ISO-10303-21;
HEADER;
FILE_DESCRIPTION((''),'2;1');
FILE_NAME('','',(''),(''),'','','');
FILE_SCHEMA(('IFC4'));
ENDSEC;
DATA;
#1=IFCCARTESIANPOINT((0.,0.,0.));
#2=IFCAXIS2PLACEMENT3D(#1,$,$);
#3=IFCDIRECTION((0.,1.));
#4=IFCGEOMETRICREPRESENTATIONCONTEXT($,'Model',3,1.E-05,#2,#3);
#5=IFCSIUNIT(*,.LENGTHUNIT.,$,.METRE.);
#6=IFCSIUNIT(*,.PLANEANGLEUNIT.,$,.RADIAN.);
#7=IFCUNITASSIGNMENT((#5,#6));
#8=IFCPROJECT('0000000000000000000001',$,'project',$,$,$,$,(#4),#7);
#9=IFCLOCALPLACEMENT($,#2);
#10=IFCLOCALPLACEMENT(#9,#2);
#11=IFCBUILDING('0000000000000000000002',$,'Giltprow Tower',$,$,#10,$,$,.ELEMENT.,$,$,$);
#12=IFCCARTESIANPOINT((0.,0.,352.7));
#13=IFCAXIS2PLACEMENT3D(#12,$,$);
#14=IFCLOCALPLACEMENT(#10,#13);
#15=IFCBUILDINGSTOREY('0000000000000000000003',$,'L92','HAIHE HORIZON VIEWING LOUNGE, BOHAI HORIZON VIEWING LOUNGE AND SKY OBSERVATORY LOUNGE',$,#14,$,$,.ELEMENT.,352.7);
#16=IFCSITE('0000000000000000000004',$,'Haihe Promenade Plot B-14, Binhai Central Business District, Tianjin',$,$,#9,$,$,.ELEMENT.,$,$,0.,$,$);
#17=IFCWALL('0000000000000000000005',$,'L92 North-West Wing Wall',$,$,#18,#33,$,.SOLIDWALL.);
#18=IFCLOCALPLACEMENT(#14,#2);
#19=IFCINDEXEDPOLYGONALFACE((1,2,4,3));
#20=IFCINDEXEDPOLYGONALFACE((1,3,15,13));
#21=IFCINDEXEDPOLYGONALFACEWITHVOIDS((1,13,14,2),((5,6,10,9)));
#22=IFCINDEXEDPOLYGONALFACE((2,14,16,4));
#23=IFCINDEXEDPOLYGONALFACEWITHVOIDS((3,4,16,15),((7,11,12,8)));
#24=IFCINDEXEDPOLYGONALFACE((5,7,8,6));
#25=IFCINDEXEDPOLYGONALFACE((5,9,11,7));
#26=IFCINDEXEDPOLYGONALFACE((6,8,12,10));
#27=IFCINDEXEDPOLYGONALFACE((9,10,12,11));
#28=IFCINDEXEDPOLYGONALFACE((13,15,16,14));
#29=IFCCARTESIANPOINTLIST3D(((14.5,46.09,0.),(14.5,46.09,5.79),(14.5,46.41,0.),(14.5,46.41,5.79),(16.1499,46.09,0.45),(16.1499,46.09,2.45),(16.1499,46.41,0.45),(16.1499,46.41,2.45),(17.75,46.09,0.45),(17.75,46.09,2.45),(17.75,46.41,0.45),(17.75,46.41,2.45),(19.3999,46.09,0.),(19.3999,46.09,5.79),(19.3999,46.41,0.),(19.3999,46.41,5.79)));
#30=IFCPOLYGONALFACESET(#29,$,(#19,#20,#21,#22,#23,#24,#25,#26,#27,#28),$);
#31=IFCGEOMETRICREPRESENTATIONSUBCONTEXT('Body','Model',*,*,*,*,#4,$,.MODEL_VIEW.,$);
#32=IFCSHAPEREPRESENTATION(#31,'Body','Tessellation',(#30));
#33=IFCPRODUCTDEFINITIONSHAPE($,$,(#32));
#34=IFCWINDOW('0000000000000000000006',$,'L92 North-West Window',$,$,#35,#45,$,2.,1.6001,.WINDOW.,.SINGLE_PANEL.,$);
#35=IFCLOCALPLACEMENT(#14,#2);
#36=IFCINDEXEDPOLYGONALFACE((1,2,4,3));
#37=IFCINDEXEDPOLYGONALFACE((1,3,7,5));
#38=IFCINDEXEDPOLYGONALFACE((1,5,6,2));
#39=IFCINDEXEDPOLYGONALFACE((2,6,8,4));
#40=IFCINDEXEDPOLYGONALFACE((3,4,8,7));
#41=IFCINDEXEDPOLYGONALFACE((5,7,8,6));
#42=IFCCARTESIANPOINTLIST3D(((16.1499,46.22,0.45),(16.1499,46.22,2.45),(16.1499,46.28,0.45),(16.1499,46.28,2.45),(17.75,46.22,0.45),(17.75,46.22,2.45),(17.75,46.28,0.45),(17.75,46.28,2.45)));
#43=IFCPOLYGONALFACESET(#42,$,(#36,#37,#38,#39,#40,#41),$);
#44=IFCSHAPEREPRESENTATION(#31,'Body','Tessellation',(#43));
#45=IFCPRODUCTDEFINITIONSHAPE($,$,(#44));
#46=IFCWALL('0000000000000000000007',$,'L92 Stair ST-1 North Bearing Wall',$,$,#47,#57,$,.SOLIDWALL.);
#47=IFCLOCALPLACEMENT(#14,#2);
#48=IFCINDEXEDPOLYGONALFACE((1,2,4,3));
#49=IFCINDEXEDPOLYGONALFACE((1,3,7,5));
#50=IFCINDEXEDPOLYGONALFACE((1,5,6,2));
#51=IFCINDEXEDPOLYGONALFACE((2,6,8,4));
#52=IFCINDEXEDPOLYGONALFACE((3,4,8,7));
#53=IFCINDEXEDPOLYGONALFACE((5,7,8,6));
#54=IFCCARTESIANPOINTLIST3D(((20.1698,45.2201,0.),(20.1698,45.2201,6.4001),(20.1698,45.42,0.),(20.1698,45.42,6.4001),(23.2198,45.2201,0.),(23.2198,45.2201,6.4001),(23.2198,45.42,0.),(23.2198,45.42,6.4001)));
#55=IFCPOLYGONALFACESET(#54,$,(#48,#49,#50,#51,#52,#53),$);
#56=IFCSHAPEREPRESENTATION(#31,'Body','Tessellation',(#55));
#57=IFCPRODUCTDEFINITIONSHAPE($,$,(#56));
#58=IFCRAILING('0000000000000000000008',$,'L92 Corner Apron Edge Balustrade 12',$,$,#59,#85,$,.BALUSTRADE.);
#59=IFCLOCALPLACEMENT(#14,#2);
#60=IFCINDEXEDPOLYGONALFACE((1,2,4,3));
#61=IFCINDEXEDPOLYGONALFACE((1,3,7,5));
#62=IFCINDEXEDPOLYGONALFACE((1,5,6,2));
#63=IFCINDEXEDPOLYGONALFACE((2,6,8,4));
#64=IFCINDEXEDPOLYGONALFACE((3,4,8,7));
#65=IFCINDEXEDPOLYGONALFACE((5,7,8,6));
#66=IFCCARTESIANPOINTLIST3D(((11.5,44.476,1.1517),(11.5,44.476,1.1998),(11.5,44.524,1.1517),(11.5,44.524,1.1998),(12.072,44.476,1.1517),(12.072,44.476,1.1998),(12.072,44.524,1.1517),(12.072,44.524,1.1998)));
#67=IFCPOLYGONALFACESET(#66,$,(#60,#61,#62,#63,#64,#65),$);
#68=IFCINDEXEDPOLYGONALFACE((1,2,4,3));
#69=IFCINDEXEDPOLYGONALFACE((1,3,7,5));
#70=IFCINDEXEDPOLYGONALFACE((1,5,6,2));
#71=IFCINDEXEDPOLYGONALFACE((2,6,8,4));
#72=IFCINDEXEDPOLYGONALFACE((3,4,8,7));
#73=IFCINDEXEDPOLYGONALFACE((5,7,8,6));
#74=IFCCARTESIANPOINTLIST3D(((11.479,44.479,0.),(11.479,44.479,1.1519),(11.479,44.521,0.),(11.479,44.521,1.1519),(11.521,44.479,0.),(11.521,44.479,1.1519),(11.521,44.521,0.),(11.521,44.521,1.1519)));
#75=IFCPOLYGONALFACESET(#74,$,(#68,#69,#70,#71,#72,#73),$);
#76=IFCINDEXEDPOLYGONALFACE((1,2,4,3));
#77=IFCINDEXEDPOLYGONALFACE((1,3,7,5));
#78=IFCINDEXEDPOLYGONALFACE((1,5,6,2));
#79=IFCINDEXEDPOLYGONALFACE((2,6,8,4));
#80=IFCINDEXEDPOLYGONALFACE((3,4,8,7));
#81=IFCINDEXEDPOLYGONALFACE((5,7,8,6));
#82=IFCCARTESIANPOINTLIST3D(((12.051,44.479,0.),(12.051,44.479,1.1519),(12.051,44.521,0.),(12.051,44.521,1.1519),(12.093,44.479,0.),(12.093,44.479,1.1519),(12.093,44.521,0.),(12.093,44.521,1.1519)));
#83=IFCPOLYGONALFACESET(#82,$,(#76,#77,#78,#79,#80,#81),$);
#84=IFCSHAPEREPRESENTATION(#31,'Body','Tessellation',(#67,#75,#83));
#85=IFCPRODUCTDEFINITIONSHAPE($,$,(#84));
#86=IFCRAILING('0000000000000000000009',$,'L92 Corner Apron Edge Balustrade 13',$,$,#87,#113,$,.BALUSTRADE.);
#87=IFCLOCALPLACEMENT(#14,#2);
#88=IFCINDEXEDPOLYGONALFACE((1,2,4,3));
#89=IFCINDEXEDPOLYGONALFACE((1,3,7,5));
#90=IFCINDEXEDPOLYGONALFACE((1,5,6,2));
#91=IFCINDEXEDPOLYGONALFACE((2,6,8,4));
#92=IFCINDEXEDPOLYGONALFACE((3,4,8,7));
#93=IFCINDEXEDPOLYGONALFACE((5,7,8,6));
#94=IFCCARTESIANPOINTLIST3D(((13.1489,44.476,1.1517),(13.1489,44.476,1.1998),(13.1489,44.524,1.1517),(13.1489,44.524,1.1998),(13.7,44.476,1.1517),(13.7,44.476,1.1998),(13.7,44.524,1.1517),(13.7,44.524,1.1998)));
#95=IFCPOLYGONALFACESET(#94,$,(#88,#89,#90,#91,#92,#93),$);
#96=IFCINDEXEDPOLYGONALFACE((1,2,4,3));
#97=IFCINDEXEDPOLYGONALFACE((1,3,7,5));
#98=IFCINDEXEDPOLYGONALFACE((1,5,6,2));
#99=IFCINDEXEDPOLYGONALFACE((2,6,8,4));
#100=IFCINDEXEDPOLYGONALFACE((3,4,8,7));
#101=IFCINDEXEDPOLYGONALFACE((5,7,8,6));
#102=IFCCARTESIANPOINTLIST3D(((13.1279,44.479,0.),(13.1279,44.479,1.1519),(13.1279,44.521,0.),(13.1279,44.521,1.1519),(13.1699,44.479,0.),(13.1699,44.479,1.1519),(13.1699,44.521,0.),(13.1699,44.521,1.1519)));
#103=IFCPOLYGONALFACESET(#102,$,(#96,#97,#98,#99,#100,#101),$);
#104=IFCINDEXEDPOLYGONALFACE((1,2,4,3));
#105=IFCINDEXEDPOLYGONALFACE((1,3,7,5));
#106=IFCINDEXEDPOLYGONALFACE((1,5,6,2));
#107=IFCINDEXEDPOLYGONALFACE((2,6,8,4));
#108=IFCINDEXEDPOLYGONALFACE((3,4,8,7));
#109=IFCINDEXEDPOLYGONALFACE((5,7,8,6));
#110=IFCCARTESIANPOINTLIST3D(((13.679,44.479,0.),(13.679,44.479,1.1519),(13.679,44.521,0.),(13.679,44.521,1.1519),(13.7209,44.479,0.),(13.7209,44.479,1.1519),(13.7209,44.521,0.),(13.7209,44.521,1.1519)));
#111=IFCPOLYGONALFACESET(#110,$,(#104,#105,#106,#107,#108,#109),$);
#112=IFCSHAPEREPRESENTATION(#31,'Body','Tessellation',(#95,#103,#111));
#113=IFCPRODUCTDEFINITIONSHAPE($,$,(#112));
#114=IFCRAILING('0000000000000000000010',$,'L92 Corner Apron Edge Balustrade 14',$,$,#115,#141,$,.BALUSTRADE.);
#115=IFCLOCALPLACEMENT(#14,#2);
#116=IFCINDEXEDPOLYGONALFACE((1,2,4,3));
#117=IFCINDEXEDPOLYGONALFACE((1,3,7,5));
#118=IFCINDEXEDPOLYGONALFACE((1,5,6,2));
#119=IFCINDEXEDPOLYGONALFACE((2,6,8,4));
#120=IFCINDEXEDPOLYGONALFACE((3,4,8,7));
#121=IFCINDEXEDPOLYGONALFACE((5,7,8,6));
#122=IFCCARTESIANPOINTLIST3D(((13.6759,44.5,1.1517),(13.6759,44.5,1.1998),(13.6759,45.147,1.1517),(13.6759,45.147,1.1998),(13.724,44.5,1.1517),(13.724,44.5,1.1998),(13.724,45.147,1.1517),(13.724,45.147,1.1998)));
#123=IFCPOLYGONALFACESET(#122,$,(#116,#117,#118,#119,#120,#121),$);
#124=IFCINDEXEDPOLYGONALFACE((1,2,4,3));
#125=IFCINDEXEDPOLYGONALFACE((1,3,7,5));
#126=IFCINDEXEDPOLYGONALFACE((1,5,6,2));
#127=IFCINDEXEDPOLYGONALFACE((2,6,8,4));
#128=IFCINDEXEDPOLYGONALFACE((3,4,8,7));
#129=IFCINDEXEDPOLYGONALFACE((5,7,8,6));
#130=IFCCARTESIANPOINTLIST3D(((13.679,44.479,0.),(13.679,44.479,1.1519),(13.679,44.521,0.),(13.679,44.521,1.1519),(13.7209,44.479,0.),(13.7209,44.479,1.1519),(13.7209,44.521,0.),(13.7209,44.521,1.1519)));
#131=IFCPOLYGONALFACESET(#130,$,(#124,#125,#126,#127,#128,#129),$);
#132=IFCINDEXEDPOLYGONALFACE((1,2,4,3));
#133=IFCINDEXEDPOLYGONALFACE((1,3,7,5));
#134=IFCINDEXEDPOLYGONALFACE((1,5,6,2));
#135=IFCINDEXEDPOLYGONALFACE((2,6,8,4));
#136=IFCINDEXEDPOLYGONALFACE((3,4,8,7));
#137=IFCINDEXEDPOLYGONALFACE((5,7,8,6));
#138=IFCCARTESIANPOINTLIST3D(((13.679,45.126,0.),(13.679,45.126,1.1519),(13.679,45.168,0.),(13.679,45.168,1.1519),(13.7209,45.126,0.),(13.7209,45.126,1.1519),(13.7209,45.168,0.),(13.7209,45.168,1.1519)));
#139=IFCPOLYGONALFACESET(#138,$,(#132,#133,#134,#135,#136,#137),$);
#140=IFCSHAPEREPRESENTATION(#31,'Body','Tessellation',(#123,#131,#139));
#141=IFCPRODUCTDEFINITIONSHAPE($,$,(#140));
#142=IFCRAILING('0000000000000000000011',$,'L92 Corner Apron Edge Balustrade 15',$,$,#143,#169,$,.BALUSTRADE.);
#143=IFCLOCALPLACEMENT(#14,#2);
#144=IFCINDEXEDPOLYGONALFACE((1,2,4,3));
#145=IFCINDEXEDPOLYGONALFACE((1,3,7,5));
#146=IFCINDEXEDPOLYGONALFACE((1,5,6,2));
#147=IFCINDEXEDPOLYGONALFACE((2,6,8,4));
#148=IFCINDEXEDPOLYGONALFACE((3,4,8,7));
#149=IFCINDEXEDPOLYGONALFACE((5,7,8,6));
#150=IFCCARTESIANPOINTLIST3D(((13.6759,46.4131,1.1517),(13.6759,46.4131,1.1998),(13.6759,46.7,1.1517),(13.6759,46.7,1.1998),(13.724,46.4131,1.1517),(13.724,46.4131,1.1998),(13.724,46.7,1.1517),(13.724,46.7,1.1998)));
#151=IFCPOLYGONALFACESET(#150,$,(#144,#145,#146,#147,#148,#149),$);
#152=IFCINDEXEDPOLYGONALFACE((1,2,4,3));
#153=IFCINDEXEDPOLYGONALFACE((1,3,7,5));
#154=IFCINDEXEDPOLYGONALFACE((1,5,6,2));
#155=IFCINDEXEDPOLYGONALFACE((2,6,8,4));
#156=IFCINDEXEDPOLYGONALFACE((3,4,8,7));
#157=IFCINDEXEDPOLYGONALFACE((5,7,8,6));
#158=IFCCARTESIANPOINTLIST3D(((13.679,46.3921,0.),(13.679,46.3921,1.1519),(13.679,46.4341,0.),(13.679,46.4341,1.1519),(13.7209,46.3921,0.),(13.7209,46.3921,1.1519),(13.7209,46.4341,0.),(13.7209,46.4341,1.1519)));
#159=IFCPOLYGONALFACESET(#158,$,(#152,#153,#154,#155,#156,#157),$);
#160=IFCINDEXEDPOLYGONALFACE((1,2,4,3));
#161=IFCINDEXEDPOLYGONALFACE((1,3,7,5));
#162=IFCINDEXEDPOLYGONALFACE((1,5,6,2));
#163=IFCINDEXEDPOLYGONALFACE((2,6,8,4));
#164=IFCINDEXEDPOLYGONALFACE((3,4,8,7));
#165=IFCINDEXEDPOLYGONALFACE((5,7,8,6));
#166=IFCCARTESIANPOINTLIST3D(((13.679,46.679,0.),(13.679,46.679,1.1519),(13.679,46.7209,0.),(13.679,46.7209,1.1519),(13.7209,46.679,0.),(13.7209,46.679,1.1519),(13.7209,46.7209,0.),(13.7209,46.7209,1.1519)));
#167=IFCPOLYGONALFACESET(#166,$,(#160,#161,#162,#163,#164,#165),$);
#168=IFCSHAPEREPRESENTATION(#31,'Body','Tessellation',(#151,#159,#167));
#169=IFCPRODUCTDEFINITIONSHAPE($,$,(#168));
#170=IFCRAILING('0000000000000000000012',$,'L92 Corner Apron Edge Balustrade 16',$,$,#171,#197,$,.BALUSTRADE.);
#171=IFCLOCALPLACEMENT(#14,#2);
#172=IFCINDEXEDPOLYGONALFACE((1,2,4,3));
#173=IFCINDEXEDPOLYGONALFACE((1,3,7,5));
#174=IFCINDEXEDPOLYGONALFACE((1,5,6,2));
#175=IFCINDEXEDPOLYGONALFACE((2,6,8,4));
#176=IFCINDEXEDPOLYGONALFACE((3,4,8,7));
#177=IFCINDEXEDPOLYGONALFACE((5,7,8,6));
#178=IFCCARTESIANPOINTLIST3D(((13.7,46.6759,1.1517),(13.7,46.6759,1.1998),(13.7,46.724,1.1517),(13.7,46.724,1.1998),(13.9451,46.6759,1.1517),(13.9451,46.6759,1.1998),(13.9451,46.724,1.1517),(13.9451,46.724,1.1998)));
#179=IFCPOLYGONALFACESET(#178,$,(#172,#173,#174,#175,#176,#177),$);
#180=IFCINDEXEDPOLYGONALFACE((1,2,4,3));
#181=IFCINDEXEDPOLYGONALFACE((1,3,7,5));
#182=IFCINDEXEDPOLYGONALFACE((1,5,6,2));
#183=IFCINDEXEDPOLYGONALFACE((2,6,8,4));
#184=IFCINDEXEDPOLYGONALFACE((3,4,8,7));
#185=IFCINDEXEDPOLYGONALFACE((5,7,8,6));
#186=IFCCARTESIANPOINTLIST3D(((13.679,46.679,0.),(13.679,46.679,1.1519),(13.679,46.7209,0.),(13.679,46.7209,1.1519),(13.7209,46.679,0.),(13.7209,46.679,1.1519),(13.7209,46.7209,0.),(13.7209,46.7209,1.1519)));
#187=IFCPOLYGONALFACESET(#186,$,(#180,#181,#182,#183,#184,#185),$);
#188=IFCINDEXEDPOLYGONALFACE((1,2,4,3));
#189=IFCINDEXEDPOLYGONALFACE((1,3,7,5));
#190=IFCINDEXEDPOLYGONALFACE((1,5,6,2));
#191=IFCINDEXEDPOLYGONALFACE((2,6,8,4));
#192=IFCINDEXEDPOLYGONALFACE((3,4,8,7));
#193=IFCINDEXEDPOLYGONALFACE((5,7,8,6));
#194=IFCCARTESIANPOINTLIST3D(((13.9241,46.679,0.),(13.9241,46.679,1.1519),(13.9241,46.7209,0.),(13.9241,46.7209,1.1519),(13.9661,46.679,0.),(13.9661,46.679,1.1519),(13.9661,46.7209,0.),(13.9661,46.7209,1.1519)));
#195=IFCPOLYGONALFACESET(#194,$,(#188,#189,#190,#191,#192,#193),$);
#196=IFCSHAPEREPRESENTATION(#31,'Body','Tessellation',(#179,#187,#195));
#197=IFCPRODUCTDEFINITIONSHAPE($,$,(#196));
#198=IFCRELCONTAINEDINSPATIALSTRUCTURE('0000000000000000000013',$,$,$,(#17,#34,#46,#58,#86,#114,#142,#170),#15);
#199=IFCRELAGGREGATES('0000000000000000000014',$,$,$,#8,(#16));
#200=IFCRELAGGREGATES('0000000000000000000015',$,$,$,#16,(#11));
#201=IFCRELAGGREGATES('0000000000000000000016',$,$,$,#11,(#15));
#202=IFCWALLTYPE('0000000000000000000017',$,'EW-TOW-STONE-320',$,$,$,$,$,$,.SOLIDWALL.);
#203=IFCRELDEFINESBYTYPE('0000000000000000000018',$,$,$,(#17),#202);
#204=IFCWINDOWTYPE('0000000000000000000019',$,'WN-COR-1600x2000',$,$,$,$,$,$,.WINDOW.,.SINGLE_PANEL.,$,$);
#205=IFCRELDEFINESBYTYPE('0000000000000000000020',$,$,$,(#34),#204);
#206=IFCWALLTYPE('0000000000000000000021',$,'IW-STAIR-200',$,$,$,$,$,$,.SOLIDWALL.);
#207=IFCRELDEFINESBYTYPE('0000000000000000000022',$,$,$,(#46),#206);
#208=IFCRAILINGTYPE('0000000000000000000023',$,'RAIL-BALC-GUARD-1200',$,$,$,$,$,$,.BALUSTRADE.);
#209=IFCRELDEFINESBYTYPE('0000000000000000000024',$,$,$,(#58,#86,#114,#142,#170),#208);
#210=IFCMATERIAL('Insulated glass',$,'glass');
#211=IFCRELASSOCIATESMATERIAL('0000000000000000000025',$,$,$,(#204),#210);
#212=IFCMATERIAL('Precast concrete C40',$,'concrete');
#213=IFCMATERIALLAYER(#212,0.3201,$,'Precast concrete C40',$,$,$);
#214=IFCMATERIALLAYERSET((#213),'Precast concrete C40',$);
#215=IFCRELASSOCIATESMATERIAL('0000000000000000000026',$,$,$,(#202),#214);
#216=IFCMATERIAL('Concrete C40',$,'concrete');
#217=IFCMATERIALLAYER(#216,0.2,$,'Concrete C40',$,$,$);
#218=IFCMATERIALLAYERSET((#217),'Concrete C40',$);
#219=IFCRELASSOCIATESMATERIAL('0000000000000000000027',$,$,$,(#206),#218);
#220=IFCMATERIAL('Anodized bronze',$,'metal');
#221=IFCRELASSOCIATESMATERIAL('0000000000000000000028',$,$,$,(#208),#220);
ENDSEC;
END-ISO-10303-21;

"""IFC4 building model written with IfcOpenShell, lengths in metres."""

from ifc_helpers import new_model, si_unit, direction, frame, frame_2d, origin, origin_2d, place, context, subcontext, project, spatial, rectangle, extrude, source, transform, mapped, material, layer, layer_set, type_object, element, fill, save


model = new_model("IFC4")

# Units and contexts
model_context = context("Model", 3, precision=1e-05, world=origin(), true_north=direction((0.0, 1.0)))
body_context = subcontext(model_context, "Body", "Model", "MODEL_VIEW")
ifc_project = project(units=[si_unit("LENGTHUNIT", "METRE"), si_unit("PLANEANGLEUNIT", "RADIAN")], contexts=[model_context])

# Site, building, storey
site_placement = place(None, origin())
site = spatial("IfcSite", under=ifc_project, at=site_placement, Name="Haihe Promenade Plot B-14, Binhai Central Business District, Tianjin", CompositionType="ELEMENT", RefElevation=0.0)
building_placement = place(site_placement, origin())
building = spatial("IfcBuilding", under=site, at=building_placement, Name="Giltprow Tower", CompositionType="ELEMENT")
storey_placement = place(building_placement, frame((0.0, 0.0, 352.7)))
storey = spatial("IfcBuildingStorey", under=building, at=storey_placement, Name="L92", Description="HAIHE HORIZON VIEWING LOUNGE, BOHAI HORIZON VIEWING LOUNGE AND SKY OBSERVATORY LOUNGE", CompositionType="ELEMENT", Elevation=352.7)

# Shared definitions
ifc_material_1 = material(Name="Anodized bronze", Category="metal")

# Shared definitions
ifc_material_2 = material(Name="Insulated glass", Category="glass")

# Wall, opening, window
ifc_material_3 = material(Name="Precast concrete C40", Category="concrete")
window_type = type_object("IfcWindowType", Name="WN-COR-1600x2000", PartitioningType="SINGLE_PANEL", PredefinedType="WINDOW", material=ifc_material_2)
shared_shape_1 = source(origin(), body_context, "Body", "SweptSolid", [
    extrude(rectangle(XDim=1.6001, YDim=2.0, at=frame_2d((0.8, 1.0))), frame((0.0, 0.03, 0.0), z_axis=(0.0, -1.0, 0.0), x_axis=(1.0, 0.0, 0.0)), (0.0, 0.0, 1.0), 0.0601),
])
ifc_layer_1 = layer(ifc_material_3, 0.3201, Name="Precast concrete C40")
ifc_layer_set_1 = layer_set([ifc_layer_1], Name="Precast concrete C40")
wall_type_1 = type_object("IfcWallType", Name="EW-TOW-STONE-320", PredefinedType="SOLIDWALL", material=ifc_layer_set_1)
wall_1_placement = place(storey_placement, frame((14.5, 46.25, 0.0), z_axis=(0.0, 0.0, 1.0), x_axis=(1.0, 0.0, 0.0)))
wall_1 = element("IfcWall", 1, at=wall_1_placement, inside=storey, type_object=wall_type_1, Name="L92 North-West Wing Wall", PredefinedType="SOLIDWALL", context=body_context, shape_type="SweptSolid", body=[
    extrude(rectangle(XDim=4.8999, YDim=0.3201, at=frame_2d((2.45, 0.0))), origin(), (0.0, 0.0, 1.0), 5.79),
])
opening_1_placement = place(wall_1_placement, frame((1.6499, 0.0, 0.45)))
opening_1 = element("IfcOpeningElement", 2, at=opening_1_placement, cuts=wall_1, PredefinedType="OPENING", context=body_context, shape_type="SweptSolid", body=[
    extrude(rectangle(XDim=1.6001, YDim=2.0, at=frame_2d((0.8, 1.0))), frame((0.0, 0.1699, 0.0), z_axis=(0.0, -1.0, 0.0), x_axis=(1.0, 0.0, 0.0)), (0.0, 0.0, 1.0), 0.3401),
])
window_1_placement = place(opening_1_placement, origin())
window_1 = element("IfcWindow", 3, at=window_1_placement, inside=storey, type_object=window_type, Name="L92 North-West Window", OverallHeight=2.0, OverallWidth=1.6001, PartitioningType="SINGLE_PANEL", PredefinedType="WINDOW", context=body_context, shape_type="MappedRepresentation", body=[
    mapped(shared_shape_1, transform((0.0, 0.0, 0.0), x_axis=(1.0, 0.0, 0.0), y_axis=(0.0, 1.0, 0.0), z_axis=(0.0, 0.0, 1.0), scale=1.0)),
])
fill(opening_1, window_1)

# Wall
ifc_material_4 = material(Name="Concrete C40", Category="concrete")
ifc_layer_2 = layer(ifc_material_4, 0.2, Name="Concrete C40")
ifc_layer_set_2 = layer_set([ifc_layer_2], Name="Concrete C40")
wall_type_2 = type_object("IfcWallType", Name="IW-STAIR-200", PredefinedType="SOLIDWALL", material=ifc_layer_set_2)
wall_2_placement = place(storey_placement, frame((20.1699, 45.3201, 0.0), z_axis=(0.0, 0.0, 1.0), x_axis=(1.0, 0.0, 0.0)))
element("IfcWall", 4, at=wall_2_placement, inside=storey, type_object=wall_type_2, Name="L92 Stair ST-1 North Bearing Wall", PredefinedType="SOLIDWALL", context=body_context, shape_type="SweptSolid", body=[
    extrude(rectangle(XDim=3.05, YDim=0.2, at=frame_2d((1.5249, 0.0))), origin(), (0.0, 0.0, 1.0), 6.4001),
])

# Railings
railing_type = type_object("IfcRailingType", Name="RAIL-BALC-GUARD-1200", PredefinedType="BALUSTRADE", material=ifc_material_1)
railing_1_placement = place(storey_placement, frame((11.5, 44.5, 0.0)))
element("IfcRailing", 5, at=railing_1_placement, inside=storey, type_object=railing_type, Name="L92 Corner Apron Edge Balustrade 12", PredefinedType="BALUSTRADE", context=body_context, shape_type="SweptSolid", body=[
    extrude(rectangle(XDim=0.0481, YDim=0.0481, at=origin_2d()), frame((0.0, 0.0, 1.1758), z_axis=(1.0, 0.0, 0.0), x_axis=(0.0, 1.0, 0.0)), (0.0, 0.0, 1.0), 0.572),
    extrude(rectangle(XDim=0.042, YDim=0.042, at=origin_2d()), origin(), (0.0, 0.0, 1.0), 1.1519),
    extrude(rectangle(XDim=0.042, YDim=0.042, at=origin_2d()), frame((0.572, 0.0, 0.0)), (0.0, 0.0, 1.0), 1.1519),
])
railing_2_placement = place(storey_placement, frame((13.1489, 44.5, 0.0)))
element("IfcRailing", 6, at=railing_2_placement, inside=storey, type_object=railing_type, Name="L92 Corner Apron Edge Balustrade 13", PredefinedType="BALUSTRADE", context=body_context, shape_type="SweptSolid", body=[
    extrude(rectangle(XDim=0.0481, YDim=0.0481, at=origin_2d()), frame((0.0, 0.0, 1.1758), z_axis=(1.0, 0.0, 0.0), x_axis=(0.0, 1.0, 0.0)), (0.0, 0.0, 1.0), 0.551),
    extrude(rectangle(XDim=0.042, YDim=0.042, at=origin_2d()), origin(), (0.0, 0.0, 1.0), 1.1519),
    extrude(rectangle(XDim=0.042, YDim=0.042, at=origin_2d()), frame((0.551, 0.0, 0.0)), (0.0, 0.0, 1.0), 1.1519),
])
railing_3_placement = place(storey_placement, frame((13.7, 44.5, 0.0)))
element("IfcRailing", 7, at=railing_3_placement, inside=storey, type_object=railing_type, Name="L92 Corner Apron Edge Balustrade 14", PredefinedType="BALUSTRADE", context=body_context, shape_type="SweptSolid", body=[
    extrude(rectangle(XDim=0.0481, YDim=0.0481, at=origin_2d()), frame((0.0, 0.0, 1.1758), z_axis=(0.0, 1.0, 0.0), x_axis=(-1.0, 0.0, 0.0)), (0.0, 0.0, 1.0), 0.647),
    extrude(rectangle(XDim=0.042, YDim=0.042, at=origin_2d()), origin(), (0.0, 0.0, 1.0), 1.1519),
    extrude(rectangle(XDim=0.042, YDim=0.042, at=origin_2d()), frame((0.0, 0.647, 0.0)), (0.0, 0.0, 1.0), 1.1519),
])
railing_4_placement = place(storey_placement, frame((13.7, 46.4131, 0.0)))
element("IfcRailing", 8, at=railing_4_placement, inside=storey, type_object=railing_type, Name="L92 Corner Apron Edge Balustrade 15", PredefinedType="BALUSTRADE", context=body_context, shape_type="SweptSolid", body=[
    extrude(rectangle(XDim=0.0481, YDim=0.0481, at=origin_2d()), frame((0.0, 0.0, 1.1758), z_axis=(0.0, 1.0, 0.0), x_axis=(-1.0, 0.0, 0.0)), (0.0, 0.0, 1.0), 0.2869),
    extrude(rectangle(XDim=0.042, YDim=0.042, at=origin_2d()), origin(), (0.0, 0.0, 1.0), 1.1519),
    extrude(rectangle(XDim=0.042, YDim=0.042, at=origin_2d()), frame((0.0, 0.2869, 0.0)), (0.0, 0.0, 1.0), 1.1519),
])
railing_5_placement = place(storey_placement, frame((13.7, 46.7, 0.0)))
element("IfcRailing", 9, at=railing_5_placement, inside=storey, type_object=railing_type, Name="L92 Corner Apron Edge Balustrade 16", PredefinedType="BALUSTRADE", context=body_context, shape_type="SweptSolid", body=[
    extrude(rectangle(XDim=0.0481, YDim=0.0481, at=origin_2d()), frame((0.0, 0.0, 1.1758), z_axis=(1.0, 0.0, 0.0), x_axis=(0.0, 1.0, 0.0)), (0.0, 0.0, 1.0), 0.2451),
    extrude(rectangle(XDim=0.042, YDim=0.042, at=origin_2d()), origin(), (0.0, 0.0, 1.0), 1.1519),
    extrude(rectangle(XDim=0.042, YDim=0.042, at=origin_2d()), frame((0.2451, 0.0, 0.0)), (0.0, 0.0, 1.0), 1.1519),
])

save(model, "model.ifc")
